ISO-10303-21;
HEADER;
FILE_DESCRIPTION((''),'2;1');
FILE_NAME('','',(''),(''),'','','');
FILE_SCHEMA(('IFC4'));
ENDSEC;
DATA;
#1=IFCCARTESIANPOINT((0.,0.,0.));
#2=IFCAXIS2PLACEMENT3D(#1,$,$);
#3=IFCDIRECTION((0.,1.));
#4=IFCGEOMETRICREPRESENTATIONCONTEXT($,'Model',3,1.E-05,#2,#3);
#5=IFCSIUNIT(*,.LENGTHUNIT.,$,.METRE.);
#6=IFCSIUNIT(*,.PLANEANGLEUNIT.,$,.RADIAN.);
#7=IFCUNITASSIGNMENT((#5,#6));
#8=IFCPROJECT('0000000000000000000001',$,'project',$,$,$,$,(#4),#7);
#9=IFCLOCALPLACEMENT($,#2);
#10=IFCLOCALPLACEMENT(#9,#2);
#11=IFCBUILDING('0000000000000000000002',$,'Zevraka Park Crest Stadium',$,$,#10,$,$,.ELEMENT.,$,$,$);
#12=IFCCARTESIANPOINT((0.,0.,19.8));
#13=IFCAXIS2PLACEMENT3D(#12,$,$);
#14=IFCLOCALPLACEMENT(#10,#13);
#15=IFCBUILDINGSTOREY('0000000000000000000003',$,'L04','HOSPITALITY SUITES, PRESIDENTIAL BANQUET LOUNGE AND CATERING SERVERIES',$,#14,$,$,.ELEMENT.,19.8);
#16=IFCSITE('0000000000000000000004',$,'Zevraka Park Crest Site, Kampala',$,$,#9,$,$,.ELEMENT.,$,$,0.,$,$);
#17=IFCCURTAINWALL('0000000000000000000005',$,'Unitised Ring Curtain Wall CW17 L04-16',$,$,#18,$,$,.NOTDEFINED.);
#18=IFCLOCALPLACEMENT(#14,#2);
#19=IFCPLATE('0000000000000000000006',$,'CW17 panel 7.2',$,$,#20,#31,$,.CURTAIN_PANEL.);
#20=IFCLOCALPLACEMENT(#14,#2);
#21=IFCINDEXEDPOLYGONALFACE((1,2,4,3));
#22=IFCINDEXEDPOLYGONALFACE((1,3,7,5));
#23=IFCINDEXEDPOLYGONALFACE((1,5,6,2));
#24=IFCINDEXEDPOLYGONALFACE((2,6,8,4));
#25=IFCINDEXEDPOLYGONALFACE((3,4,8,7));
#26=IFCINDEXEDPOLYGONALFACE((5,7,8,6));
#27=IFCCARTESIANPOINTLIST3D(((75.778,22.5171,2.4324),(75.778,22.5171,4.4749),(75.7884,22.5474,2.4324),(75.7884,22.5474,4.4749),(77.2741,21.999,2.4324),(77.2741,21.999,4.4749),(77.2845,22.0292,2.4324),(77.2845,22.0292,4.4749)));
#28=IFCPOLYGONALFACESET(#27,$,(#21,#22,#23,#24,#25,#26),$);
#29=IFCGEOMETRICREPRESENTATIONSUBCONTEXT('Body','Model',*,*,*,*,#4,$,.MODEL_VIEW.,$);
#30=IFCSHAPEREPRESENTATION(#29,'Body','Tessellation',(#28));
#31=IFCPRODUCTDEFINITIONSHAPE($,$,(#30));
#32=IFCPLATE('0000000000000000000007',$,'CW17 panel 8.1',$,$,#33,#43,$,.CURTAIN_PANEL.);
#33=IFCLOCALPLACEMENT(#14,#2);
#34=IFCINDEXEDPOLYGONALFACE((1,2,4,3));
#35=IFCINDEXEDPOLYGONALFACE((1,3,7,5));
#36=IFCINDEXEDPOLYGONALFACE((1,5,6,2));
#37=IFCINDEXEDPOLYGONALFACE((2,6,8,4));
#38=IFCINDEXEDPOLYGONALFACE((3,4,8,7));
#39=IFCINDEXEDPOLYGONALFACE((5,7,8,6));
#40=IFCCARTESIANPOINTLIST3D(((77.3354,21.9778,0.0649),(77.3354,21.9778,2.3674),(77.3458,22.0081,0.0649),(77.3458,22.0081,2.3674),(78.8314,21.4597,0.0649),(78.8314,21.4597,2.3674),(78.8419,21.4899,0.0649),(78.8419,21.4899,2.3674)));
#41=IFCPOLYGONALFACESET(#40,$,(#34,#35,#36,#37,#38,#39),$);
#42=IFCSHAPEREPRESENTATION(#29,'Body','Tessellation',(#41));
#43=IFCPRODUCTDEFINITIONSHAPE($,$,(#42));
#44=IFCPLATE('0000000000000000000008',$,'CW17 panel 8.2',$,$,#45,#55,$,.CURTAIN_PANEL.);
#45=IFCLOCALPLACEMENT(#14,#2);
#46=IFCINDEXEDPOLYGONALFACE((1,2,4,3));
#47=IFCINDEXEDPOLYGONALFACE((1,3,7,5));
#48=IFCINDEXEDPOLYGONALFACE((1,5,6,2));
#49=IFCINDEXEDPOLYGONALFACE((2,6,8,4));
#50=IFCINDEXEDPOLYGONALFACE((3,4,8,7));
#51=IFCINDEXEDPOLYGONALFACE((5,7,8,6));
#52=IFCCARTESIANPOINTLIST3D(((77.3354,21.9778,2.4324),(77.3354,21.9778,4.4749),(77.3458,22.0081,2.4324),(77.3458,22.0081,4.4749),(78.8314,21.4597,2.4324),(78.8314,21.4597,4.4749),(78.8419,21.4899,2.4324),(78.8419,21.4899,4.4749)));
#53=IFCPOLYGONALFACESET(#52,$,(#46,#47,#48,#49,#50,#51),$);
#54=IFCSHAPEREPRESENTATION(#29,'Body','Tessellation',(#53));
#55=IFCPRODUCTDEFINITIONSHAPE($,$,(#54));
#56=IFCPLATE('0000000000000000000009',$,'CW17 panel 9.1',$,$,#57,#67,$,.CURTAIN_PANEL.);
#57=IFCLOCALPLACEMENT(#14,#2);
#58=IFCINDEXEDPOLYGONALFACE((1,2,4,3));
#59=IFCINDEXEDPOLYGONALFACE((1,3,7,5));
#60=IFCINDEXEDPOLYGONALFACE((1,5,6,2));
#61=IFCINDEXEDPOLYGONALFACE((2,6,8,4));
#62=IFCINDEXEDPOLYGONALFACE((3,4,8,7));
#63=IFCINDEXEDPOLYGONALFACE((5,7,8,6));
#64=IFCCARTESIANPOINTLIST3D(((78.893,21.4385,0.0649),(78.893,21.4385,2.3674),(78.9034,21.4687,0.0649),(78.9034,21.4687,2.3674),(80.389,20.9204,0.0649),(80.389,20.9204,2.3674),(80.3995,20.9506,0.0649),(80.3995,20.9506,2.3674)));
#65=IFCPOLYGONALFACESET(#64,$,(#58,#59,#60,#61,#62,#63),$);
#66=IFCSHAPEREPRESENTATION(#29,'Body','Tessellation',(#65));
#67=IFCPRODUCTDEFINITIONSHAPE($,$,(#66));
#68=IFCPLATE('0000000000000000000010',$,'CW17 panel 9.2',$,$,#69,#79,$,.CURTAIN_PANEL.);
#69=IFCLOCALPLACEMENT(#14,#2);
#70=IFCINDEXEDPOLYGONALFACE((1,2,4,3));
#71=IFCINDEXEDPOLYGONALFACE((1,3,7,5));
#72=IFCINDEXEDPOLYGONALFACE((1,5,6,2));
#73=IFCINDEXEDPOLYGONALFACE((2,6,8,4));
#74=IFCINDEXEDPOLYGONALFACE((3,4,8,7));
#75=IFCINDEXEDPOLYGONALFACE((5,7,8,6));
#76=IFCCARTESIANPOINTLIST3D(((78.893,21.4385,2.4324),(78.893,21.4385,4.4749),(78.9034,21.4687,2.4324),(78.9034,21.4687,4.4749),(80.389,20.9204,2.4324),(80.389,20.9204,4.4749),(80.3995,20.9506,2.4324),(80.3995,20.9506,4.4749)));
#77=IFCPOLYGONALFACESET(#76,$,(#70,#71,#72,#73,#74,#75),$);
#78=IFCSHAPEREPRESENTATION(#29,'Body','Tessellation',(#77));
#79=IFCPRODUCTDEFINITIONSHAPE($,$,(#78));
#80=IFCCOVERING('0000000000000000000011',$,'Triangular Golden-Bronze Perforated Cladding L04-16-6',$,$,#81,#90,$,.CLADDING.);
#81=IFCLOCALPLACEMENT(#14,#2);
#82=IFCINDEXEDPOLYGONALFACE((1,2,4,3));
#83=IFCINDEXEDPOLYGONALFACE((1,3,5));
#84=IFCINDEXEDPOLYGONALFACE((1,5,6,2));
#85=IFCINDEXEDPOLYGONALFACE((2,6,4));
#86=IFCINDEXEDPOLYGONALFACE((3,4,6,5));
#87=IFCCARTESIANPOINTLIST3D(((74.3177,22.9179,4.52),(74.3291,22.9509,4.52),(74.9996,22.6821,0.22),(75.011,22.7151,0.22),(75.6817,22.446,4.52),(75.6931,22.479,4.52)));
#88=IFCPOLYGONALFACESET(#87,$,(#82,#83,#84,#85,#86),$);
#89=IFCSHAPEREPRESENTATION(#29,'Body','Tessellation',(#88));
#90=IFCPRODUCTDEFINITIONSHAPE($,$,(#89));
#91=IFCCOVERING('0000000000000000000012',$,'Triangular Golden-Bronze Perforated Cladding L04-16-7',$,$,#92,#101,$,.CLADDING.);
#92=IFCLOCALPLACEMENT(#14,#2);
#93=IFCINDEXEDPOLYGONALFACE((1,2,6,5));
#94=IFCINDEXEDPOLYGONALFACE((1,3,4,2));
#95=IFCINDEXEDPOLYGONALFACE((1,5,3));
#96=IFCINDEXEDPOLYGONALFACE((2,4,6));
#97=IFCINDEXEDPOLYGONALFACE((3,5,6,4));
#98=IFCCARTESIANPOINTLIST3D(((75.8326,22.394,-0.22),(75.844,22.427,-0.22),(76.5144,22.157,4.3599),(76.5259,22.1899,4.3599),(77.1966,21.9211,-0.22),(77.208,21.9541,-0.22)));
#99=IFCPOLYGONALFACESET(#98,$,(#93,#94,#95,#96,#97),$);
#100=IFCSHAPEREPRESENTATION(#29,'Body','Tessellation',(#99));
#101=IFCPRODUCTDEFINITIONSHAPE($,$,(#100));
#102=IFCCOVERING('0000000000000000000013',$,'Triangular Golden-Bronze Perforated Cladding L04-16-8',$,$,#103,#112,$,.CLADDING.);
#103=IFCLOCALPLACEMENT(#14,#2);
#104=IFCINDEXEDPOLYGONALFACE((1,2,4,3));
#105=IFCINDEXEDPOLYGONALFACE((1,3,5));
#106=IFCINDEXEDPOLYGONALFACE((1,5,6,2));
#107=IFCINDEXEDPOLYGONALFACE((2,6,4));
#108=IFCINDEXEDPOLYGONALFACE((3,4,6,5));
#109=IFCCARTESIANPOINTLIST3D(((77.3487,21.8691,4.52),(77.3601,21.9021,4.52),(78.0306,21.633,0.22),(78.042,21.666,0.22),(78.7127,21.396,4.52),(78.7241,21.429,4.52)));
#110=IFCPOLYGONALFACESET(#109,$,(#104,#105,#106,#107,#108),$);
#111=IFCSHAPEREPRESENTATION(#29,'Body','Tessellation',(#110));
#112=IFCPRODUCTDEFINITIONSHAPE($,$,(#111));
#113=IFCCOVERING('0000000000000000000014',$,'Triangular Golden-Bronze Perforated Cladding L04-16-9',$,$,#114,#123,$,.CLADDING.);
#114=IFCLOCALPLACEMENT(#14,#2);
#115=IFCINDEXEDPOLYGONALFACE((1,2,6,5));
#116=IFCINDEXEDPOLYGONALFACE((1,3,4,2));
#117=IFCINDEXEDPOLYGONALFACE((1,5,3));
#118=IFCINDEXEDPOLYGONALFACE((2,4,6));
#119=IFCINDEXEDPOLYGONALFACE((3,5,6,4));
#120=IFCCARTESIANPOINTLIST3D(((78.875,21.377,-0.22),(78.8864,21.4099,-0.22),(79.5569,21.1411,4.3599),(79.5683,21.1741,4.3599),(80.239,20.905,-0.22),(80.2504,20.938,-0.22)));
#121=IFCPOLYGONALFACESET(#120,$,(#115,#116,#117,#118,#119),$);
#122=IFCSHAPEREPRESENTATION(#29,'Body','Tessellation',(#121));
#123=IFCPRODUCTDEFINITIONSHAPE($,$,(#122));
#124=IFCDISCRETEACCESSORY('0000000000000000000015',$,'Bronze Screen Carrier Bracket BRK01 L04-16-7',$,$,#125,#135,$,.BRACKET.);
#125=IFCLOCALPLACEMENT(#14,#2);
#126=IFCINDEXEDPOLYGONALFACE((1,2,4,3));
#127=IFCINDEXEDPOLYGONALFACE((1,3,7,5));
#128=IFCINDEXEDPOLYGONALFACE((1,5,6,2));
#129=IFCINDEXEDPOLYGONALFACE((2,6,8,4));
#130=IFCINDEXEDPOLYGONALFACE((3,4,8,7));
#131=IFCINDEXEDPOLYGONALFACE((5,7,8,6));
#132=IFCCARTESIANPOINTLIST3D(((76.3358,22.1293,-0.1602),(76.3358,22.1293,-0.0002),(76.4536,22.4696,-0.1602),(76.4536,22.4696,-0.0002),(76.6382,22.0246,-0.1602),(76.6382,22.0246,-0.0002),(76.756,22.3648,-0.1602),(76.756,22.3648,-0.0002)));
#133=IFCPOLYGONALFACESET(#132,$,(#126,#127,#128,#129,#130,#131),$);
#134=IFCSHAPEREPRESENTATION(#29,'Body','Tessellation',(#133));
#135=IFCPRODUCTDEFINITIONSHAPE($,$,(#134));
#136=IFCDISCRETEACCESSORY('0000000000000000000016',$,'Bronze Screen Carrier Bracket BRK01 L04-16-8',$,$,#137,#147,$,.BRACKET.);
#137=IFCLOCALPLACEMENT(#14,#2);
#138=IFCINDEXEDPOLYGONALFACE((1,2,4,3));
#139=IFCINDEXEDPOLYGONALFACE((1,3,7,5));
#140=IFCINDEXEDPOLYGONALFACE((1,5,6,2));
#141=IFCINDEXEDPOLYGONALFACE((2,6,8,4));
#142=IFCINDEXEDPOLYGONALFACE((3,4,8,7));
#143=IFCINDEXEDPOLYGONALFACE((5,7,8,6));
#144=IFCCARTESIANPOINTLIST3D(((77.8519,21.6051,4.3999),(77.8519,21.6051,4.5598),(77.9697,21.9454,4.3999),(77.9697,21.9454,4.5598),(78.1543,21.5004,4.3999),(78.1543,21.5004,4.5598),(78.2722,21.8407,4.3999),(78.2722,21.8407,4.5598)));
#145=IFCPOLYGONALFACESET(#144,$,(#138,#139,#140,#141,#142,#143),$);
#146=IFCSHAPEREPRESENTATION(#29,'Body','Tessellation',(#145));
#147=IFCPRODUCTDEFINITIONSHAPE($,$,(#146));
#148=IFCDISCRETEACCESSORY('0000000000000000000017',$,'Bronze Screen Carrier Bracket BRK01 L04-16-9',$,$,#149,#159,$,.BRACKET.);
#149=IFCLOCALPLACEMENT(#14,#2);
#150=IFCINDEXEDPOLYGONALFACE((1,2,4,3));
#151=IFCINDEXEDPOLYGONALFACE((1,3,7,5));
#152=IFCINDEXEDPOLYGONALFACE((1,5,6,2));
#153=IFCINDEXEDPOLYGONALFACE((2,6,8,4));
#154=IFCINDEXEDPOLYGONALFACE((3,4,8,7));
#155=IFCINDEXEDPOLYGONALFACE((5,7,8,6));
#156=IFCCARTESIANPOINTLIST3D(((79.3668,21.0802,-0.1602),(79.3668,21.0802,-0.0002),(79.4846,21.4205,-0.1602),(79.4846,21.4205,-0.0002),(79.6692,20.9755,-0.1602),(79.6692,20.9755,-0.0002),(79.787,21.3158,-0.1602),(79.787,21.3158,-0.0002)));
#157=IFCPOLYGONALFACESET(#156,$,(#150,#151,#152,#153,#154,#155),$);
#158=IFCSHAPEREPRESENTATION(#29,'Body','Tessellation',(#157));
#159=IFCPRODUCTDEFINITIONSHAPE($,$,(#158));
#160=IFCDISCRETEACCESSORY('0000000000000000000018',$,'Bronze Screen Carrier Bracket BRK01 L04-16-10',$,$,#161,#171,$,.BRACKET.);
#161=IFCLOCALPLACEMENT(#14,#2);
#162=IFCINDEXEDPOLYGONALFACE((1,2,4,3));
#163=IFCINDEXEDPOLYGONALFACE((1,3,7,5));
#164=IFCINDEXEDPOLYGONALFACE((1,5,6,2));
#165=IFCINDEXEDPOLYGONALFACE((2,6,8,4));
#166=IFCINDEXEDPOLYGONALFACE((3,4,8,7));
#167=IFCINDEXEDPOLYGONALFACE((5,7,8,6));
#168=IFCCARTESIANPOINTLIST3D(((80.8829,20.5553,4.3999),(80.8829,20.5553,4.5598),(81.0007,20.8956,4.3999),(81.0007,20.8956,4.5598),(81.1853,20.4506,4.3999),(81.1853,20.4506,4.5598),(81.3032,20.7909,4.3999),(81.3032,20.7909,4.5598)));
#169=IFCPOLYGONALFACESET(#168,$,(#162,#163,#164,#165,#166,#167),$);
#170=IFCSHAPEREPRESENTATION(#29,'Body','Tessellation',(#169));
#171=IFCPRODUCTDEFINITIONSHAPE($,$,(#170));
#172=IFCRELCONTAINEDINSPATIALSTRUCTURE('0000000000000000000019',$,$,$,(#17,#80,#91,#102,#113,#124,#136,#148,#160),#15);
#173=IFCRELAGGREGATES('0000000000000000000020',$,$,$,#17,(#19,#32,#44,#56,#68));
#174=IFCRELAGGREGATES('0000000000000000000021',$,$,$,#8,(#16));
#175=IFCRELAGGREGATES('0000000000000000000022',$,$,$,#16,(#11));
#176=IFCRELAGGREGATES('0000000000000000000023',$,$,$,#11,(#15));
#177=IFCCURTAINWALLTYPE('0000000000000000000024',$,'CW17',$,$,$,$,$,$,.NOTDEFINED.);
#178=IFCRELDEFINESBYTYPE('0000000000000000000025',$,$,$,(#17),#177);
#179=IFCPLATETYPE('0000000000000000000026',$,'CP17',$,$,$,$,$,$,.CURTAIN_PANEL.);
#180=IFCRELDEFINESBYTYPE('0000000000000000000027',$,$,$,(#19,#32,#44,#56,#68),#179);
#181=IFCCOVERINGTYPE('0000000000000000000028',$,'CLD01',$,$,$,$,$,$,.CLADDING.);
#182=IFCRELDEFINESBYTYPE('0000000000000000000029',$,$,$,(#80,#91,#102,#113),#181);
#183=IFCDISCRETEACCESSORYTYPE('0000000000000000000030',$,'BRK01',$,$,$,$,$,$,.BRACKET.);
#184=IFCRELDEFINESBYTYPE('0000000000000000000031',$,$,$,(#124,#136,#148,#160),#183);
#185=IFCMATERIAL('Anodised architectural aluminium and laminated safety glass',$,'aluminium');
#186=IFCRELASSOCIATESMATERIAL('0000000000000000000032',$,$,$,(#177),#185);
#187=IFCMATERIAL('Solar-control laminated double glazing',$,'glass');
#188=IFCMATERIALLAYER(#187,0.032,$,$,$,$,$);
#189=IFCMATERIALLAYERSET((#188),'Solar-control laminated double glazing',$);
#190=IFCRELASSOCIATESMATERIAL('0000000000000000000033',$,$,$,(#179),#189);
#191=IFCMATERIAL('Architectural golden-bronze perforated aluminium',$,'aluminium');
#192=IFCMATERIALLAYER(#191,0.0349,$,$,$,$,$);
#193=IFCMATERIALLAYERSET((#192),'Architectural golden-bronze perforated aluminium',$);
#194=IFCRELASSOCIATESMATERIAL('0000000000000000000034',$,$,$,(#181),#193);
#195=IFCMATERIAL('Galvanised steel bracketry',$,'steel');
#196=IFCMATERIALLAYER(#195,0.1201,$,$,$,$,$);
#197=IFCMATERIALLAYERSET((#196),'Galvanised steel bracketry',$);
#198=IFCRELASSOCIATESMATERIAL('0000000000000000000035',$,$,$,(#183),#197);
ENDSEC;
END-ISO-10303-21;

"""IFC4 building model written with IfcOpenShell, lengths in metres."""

from ifc_helpers import new_model, si_unit, direction, frame, origin, origin_2d, place, context, subcontext, project, spatial, polyline, rectangle, outline, extrude, material, layer, layer_set, type_object, element, aggregate, save


model = new_model("IFC4")

# Units and contexts
model_context = context("Model", 3, precision=1e-05, world=origin(), true_north=direction((0.0, 1.0)))
body_context = subcontext(model_context, "Body", "Model", "MODEL_VIEW")
ifc_project = project(units=[si_unit("LENGTHUNIT", "METRE"), si_unit("PLANEANGLEUNIT", "RADIAN")], contexts=[model_context])

# Site, building, storey
site_placement = place(None, origin())
site = spatial("IfcSite", under=ifc_project, at=site_placement, Name="Zevraka Park Crest Site, Kampala", CompositionType="ELEMENT", RefElevation=0.0)
building_placement = place(site_placement, origin())
building = spatial("IfcBuilding", under=site, at=building_placement, Name="Zevraka Park Crest Stadium", CompositionType="ELEMENT")
storey_placement = place(building_placement, frame((0.0, 0.0, 19.8)))
storey = spatial("IfcBuildingStorey", under=building, at=storey_placement, Name="L04", Description="HOSPITALITY SUITES, PRESIDENTIAL BANQUET LOUNGE AND CATERING SERVERIES", CompositionType="ELEMENT", Elevation=19.8)

# Curtain wall, plates
ifc_material_1 = material(Name="Anodised architectural aluminium and laminated safety glass", Category="aluminium")
curtain_wall_type = type_object("IfcCurtainWallType", Name="CW17", PredefinedType="NOTDEFINED", material=ifc_material_1)
curtain_wall_placement = place(storey_placement, origin())
curtain_wall = element("IfcCurtainWall", 1, at=curtain_wall_placement, inside=storey, type_object=curtain_wall_type, Name="Unitised Ring Curtain Wall CW17 L04-16", PredefinedType="NOTDEFINED")
ifc_material_2 = material(Name="Solar-control laminated double glazing", Category="glass")
ifc_layer_1 = layer(ifc_material_2, 0.032)
ifc_layer_set_1 = layer_set([ifc_layer_1], Name="Solar-control laminated double glazing")
plate_type = type_object("IfcPlateType", Name="CP17", PredefinedType="CURTAIN_PANEL", material=ifc_layer_set_1)
plate_1_placement = place(storey_placement, frame((76.5312, 22.2732, 2.4324), z_axis=(0.0, 0.0, 1.0), x_axis=(0.94494, -0.327245, 0.0)))
plate_1 = element("IfcPlate", 2, at=plate_1_placement, type_object=plate_type, Name="CW17 panel 7.2", PredefinedType="CURTAIN_PANEL", context=body_context, shape_type="SweptSolid", body=[
    extrude(rectangle(XDim=1.5833, YDim=0.032, at=origin_2d()), origin(), (0.0, 0.0, 1.0), 2.0425),
])
plate_2_placement = place(storey_placement, frame((78.0886, 21.7339, 0.0649), z_axis=(0.0, 0.0, 1.0), x_axis=(0.94494, -0.327245, 0.0)))
plate_2 = element("IfcPlate", 3, at=plate_2_placement, type_object=plate_type, Name="CW17 panel 8.1", PredefinedType="CURTAIN_PANEL", context=body_context, shape_type="SweptSolid", body=[
    extrude(rectangle(XDim=1.5833, YDim=0.032, at=origin_2d()), origin(), (0.0, 0.0, 1.0), 2.3025),
])
plate_3_placement = place(storey_placement, frame((78.0886, 21.7339, 2.4324), z_axis=(0.0, 0.0, 1.0), x_axis=(0.94494, -0.327245, 0.0)))
plate_3 = element("IfcPlate", 4, at=plate_3_placement, type_object=plate_type, Name="CW17 panel 8.2", PredefinedType="CURTAIN_PANEL", context=body_context, shape_type="SweptSolid", body=[
    extrude(rectangle(XDim=1.5833, YDim=0.032, at=origin_2d()), origin(), (0.0, 0.0, 1.0), 2.0425),
])
plate_4_placement = place(storey_placement, frame((79.6462, 21.1946, 0.0649), z_axis=(0.0, 0.0, 1.0), x_axis=(0.94494, -0.327245, 0.0)))
plate_4 = element("IfcPlate", 5, at=plate_4_placement, type_object=plate_type, Name="CW17 panel 9.1", PredefinedType="CURTAIN_PANEL", context=body_context, shape_type="SweptSolid", body=[
    extrude(rectangle(XDim=1.5833, YDim=0.032, at=origin_2d()), origin(), (0.0, 0.0, 1.0), 2.3025),
])
plate_5_placement = place(storey_placement, frame((79.6462, 21.1946, 2.4324), z_axis=(0.0, 0.0, 1.0), x_axis=(0.94494, -0.327245, 0.0)))
plate_5 = element("IfcPlate", 6, at=plate_5_placement, type_object=plate_type, Name="CW17 panel 9.2", PredefinedType="CURTAIN_PANEL", context=body_context, shape_type="SweptSolid", body=[
    extrude(rectangle(XDim=1.5833, YDim=0.032, at=origin_2d()), origin(), (0.0, 0.0, 1.0), 2.0425),
])
aggregate(curtain_wall, [plate_1, plate_2, plate_3, plate_4, plate_5])

# Coverings
ifc_material_3 = material(Name="Architectural golden-bronze perforated aluminium", Category="aluminium")
ifc_layer_2 = layer(ifc_material_3, 0.0349)
ifc_layer_set_2 = layer_set([ifc_layer_2], Name="Architectural golden-bronze perforated aluminium")
covering_type = type_object("IfcCoveringType", Name="CLD01", PredefinedType="CLADDING", material=ifc_layer_set_2)
covering_1_placement = place(storey_placement, frame((75.6931, 22.479, 4.52), z_axis=(0.326965, 0.945036, 0.000018), x_axis=(-0.945036, 0.326965, 0.0)))
element("IfcCovering", 7, at=covering_1_placement, inside=storey, type_object=covering_type, Name="Triangular Golden-Bronze Perforated Cladding L04-16-6", PredefinedType="CLADDING", context=body_context, shape_type="SweptSolid", body=[
    extrude(outline(polyline([(0.0, 0.0), (1.4433, 0.0), (0.7218, -4.3), (0.0, 0.0)])), origin(), (0.0, 0.0, -1.0), 0.0349),
])
covering_2_placement = place(storey_placement, frame((75.844, 22.427, -0.22), z_axis=(0.327569, 0.944827, 0.000135), x_axis=(0.944827, -0.327569, 0.0)))
element("IfcCovering", 8, at=covering_2_placement, inside=storey, type_object=covering_type, Name="Triangular Golden-Bronze Perforated Cladding L04-16-7", PredefinedType="CLADDING", context=body_context, shape_type="SweptSolid", body=[
    extrude(outline(polyline([(0.0, 0.0), (1.4437, 0.0), (0.7219, -4.5798), (0.0, 0.0)])), origin(), (0.0, 0.0, -1.0), 0.0349),
])
covering_3_placement = place(storey_placement, frame((78.7241, 21.429, 4.52), z_axis=(0.32772, 0.944775, 0.000098), x_axis=(-0.944775, 0.32772, 0.0)))
element("IfcCovering", 9, at=covering_3_placement, inside=storey, type_object=covering_type, Name="Triangular Golden-Bronze Perforated Cladding L04-16-8", PredefinedType="CLADDING", context=body_context, shape_type="SweptSolid", body=[
    extrude(outline(polyline([(0.0, 0.0), (1.4437, 0.0), (0.7221, -4.3), (0.0, 0.0)])), origin(), (0.0, 0.0, -1.0), 0.0349),
])
covering_4_placement = place(storey_placement, frame((78.875, 21.377, -0.22), z_axis=(-0.326965, -0.945036, 0.000016), x_axis=(0.945036, -0.326965, 0.0)))
element("IfcCovering", 10, at=covering_4_placement, inside=storey, type_object=covering_type, Name="Triangular Golden-Bronze Perforated Cladding L04-16-9", PredefinedType="CLADDING", context=body_context, shape_type="SweptSolid", body=[
    extrude(outline(polyline([(0.0, 0.0), (1.4433, 0.0), (0.7215, 4.5798), (0.0, 0.0)])), origin(), (0.0, 0.0, -1.0), 0.0349),
])

# Discrete accessories
ifc_material_4 = material(Name="Galvanised steel bracketry", Category="steel")
ifc_layer_3 = layer(ifc_material_4, 0.1201)
ifc_layer_set_3 = layer_set([ifc_layer_3], Name="Galvanised steel bracketry")
discrete_accessory_type = type_object("IfcDiscreteAccessoryType", Name="BRK01", PredefinedType="BRACKET", material=ifc_layer_set_3)
for number, where, z_axis, x_axis, name in (
    (11, (76.5459, 22.2471, -0.1602), (0.0, 0.0, 1.0), (0.944949, -0.327218, 0.0), "Bronze Screen Carrier Bracket BRK01 L04-16-7"),
    (12, (78.062, 21.7229, 4.3999), (0.0, 0.0, 1.0), (0.944949, -0.327218, 0.0), "Bronze Screen Carrier Bracket BRK01 L04-16-8"),
    (13, (79.5769, 21.198, -0.1602), (0.0, 0.0, 1.0), (0.944949, -0.327218, 0.0), "Bronze Screen Carrier Bracket BRK01 L04-16-9"),
    (14, (81.093, 20.6731, 4.3999), (0.0, 0.0, 1.0), (0.944949, -0.327218, 0.0), "Bronze Screen Carrier Bracket BRK01 L04-16-10"),
):
    element("IfcDiscreteAccessory", number, at=place(storey_placement, frame(where, z_axis=z_axis, x_axis=x_axis)), inside=storey, type_object=discrete_accessory_type, Name=name, PredefinedType="BRACKET", context=body_context, shape_type="SweptSolid", body=[
        extrude(rectangle(XDim=0.3201, YDim=0.3601, at=origin_2d()), origin(), (0.0, 0.0, 1.0), 0.1599),
    ])

save(model, "model.ifc")
